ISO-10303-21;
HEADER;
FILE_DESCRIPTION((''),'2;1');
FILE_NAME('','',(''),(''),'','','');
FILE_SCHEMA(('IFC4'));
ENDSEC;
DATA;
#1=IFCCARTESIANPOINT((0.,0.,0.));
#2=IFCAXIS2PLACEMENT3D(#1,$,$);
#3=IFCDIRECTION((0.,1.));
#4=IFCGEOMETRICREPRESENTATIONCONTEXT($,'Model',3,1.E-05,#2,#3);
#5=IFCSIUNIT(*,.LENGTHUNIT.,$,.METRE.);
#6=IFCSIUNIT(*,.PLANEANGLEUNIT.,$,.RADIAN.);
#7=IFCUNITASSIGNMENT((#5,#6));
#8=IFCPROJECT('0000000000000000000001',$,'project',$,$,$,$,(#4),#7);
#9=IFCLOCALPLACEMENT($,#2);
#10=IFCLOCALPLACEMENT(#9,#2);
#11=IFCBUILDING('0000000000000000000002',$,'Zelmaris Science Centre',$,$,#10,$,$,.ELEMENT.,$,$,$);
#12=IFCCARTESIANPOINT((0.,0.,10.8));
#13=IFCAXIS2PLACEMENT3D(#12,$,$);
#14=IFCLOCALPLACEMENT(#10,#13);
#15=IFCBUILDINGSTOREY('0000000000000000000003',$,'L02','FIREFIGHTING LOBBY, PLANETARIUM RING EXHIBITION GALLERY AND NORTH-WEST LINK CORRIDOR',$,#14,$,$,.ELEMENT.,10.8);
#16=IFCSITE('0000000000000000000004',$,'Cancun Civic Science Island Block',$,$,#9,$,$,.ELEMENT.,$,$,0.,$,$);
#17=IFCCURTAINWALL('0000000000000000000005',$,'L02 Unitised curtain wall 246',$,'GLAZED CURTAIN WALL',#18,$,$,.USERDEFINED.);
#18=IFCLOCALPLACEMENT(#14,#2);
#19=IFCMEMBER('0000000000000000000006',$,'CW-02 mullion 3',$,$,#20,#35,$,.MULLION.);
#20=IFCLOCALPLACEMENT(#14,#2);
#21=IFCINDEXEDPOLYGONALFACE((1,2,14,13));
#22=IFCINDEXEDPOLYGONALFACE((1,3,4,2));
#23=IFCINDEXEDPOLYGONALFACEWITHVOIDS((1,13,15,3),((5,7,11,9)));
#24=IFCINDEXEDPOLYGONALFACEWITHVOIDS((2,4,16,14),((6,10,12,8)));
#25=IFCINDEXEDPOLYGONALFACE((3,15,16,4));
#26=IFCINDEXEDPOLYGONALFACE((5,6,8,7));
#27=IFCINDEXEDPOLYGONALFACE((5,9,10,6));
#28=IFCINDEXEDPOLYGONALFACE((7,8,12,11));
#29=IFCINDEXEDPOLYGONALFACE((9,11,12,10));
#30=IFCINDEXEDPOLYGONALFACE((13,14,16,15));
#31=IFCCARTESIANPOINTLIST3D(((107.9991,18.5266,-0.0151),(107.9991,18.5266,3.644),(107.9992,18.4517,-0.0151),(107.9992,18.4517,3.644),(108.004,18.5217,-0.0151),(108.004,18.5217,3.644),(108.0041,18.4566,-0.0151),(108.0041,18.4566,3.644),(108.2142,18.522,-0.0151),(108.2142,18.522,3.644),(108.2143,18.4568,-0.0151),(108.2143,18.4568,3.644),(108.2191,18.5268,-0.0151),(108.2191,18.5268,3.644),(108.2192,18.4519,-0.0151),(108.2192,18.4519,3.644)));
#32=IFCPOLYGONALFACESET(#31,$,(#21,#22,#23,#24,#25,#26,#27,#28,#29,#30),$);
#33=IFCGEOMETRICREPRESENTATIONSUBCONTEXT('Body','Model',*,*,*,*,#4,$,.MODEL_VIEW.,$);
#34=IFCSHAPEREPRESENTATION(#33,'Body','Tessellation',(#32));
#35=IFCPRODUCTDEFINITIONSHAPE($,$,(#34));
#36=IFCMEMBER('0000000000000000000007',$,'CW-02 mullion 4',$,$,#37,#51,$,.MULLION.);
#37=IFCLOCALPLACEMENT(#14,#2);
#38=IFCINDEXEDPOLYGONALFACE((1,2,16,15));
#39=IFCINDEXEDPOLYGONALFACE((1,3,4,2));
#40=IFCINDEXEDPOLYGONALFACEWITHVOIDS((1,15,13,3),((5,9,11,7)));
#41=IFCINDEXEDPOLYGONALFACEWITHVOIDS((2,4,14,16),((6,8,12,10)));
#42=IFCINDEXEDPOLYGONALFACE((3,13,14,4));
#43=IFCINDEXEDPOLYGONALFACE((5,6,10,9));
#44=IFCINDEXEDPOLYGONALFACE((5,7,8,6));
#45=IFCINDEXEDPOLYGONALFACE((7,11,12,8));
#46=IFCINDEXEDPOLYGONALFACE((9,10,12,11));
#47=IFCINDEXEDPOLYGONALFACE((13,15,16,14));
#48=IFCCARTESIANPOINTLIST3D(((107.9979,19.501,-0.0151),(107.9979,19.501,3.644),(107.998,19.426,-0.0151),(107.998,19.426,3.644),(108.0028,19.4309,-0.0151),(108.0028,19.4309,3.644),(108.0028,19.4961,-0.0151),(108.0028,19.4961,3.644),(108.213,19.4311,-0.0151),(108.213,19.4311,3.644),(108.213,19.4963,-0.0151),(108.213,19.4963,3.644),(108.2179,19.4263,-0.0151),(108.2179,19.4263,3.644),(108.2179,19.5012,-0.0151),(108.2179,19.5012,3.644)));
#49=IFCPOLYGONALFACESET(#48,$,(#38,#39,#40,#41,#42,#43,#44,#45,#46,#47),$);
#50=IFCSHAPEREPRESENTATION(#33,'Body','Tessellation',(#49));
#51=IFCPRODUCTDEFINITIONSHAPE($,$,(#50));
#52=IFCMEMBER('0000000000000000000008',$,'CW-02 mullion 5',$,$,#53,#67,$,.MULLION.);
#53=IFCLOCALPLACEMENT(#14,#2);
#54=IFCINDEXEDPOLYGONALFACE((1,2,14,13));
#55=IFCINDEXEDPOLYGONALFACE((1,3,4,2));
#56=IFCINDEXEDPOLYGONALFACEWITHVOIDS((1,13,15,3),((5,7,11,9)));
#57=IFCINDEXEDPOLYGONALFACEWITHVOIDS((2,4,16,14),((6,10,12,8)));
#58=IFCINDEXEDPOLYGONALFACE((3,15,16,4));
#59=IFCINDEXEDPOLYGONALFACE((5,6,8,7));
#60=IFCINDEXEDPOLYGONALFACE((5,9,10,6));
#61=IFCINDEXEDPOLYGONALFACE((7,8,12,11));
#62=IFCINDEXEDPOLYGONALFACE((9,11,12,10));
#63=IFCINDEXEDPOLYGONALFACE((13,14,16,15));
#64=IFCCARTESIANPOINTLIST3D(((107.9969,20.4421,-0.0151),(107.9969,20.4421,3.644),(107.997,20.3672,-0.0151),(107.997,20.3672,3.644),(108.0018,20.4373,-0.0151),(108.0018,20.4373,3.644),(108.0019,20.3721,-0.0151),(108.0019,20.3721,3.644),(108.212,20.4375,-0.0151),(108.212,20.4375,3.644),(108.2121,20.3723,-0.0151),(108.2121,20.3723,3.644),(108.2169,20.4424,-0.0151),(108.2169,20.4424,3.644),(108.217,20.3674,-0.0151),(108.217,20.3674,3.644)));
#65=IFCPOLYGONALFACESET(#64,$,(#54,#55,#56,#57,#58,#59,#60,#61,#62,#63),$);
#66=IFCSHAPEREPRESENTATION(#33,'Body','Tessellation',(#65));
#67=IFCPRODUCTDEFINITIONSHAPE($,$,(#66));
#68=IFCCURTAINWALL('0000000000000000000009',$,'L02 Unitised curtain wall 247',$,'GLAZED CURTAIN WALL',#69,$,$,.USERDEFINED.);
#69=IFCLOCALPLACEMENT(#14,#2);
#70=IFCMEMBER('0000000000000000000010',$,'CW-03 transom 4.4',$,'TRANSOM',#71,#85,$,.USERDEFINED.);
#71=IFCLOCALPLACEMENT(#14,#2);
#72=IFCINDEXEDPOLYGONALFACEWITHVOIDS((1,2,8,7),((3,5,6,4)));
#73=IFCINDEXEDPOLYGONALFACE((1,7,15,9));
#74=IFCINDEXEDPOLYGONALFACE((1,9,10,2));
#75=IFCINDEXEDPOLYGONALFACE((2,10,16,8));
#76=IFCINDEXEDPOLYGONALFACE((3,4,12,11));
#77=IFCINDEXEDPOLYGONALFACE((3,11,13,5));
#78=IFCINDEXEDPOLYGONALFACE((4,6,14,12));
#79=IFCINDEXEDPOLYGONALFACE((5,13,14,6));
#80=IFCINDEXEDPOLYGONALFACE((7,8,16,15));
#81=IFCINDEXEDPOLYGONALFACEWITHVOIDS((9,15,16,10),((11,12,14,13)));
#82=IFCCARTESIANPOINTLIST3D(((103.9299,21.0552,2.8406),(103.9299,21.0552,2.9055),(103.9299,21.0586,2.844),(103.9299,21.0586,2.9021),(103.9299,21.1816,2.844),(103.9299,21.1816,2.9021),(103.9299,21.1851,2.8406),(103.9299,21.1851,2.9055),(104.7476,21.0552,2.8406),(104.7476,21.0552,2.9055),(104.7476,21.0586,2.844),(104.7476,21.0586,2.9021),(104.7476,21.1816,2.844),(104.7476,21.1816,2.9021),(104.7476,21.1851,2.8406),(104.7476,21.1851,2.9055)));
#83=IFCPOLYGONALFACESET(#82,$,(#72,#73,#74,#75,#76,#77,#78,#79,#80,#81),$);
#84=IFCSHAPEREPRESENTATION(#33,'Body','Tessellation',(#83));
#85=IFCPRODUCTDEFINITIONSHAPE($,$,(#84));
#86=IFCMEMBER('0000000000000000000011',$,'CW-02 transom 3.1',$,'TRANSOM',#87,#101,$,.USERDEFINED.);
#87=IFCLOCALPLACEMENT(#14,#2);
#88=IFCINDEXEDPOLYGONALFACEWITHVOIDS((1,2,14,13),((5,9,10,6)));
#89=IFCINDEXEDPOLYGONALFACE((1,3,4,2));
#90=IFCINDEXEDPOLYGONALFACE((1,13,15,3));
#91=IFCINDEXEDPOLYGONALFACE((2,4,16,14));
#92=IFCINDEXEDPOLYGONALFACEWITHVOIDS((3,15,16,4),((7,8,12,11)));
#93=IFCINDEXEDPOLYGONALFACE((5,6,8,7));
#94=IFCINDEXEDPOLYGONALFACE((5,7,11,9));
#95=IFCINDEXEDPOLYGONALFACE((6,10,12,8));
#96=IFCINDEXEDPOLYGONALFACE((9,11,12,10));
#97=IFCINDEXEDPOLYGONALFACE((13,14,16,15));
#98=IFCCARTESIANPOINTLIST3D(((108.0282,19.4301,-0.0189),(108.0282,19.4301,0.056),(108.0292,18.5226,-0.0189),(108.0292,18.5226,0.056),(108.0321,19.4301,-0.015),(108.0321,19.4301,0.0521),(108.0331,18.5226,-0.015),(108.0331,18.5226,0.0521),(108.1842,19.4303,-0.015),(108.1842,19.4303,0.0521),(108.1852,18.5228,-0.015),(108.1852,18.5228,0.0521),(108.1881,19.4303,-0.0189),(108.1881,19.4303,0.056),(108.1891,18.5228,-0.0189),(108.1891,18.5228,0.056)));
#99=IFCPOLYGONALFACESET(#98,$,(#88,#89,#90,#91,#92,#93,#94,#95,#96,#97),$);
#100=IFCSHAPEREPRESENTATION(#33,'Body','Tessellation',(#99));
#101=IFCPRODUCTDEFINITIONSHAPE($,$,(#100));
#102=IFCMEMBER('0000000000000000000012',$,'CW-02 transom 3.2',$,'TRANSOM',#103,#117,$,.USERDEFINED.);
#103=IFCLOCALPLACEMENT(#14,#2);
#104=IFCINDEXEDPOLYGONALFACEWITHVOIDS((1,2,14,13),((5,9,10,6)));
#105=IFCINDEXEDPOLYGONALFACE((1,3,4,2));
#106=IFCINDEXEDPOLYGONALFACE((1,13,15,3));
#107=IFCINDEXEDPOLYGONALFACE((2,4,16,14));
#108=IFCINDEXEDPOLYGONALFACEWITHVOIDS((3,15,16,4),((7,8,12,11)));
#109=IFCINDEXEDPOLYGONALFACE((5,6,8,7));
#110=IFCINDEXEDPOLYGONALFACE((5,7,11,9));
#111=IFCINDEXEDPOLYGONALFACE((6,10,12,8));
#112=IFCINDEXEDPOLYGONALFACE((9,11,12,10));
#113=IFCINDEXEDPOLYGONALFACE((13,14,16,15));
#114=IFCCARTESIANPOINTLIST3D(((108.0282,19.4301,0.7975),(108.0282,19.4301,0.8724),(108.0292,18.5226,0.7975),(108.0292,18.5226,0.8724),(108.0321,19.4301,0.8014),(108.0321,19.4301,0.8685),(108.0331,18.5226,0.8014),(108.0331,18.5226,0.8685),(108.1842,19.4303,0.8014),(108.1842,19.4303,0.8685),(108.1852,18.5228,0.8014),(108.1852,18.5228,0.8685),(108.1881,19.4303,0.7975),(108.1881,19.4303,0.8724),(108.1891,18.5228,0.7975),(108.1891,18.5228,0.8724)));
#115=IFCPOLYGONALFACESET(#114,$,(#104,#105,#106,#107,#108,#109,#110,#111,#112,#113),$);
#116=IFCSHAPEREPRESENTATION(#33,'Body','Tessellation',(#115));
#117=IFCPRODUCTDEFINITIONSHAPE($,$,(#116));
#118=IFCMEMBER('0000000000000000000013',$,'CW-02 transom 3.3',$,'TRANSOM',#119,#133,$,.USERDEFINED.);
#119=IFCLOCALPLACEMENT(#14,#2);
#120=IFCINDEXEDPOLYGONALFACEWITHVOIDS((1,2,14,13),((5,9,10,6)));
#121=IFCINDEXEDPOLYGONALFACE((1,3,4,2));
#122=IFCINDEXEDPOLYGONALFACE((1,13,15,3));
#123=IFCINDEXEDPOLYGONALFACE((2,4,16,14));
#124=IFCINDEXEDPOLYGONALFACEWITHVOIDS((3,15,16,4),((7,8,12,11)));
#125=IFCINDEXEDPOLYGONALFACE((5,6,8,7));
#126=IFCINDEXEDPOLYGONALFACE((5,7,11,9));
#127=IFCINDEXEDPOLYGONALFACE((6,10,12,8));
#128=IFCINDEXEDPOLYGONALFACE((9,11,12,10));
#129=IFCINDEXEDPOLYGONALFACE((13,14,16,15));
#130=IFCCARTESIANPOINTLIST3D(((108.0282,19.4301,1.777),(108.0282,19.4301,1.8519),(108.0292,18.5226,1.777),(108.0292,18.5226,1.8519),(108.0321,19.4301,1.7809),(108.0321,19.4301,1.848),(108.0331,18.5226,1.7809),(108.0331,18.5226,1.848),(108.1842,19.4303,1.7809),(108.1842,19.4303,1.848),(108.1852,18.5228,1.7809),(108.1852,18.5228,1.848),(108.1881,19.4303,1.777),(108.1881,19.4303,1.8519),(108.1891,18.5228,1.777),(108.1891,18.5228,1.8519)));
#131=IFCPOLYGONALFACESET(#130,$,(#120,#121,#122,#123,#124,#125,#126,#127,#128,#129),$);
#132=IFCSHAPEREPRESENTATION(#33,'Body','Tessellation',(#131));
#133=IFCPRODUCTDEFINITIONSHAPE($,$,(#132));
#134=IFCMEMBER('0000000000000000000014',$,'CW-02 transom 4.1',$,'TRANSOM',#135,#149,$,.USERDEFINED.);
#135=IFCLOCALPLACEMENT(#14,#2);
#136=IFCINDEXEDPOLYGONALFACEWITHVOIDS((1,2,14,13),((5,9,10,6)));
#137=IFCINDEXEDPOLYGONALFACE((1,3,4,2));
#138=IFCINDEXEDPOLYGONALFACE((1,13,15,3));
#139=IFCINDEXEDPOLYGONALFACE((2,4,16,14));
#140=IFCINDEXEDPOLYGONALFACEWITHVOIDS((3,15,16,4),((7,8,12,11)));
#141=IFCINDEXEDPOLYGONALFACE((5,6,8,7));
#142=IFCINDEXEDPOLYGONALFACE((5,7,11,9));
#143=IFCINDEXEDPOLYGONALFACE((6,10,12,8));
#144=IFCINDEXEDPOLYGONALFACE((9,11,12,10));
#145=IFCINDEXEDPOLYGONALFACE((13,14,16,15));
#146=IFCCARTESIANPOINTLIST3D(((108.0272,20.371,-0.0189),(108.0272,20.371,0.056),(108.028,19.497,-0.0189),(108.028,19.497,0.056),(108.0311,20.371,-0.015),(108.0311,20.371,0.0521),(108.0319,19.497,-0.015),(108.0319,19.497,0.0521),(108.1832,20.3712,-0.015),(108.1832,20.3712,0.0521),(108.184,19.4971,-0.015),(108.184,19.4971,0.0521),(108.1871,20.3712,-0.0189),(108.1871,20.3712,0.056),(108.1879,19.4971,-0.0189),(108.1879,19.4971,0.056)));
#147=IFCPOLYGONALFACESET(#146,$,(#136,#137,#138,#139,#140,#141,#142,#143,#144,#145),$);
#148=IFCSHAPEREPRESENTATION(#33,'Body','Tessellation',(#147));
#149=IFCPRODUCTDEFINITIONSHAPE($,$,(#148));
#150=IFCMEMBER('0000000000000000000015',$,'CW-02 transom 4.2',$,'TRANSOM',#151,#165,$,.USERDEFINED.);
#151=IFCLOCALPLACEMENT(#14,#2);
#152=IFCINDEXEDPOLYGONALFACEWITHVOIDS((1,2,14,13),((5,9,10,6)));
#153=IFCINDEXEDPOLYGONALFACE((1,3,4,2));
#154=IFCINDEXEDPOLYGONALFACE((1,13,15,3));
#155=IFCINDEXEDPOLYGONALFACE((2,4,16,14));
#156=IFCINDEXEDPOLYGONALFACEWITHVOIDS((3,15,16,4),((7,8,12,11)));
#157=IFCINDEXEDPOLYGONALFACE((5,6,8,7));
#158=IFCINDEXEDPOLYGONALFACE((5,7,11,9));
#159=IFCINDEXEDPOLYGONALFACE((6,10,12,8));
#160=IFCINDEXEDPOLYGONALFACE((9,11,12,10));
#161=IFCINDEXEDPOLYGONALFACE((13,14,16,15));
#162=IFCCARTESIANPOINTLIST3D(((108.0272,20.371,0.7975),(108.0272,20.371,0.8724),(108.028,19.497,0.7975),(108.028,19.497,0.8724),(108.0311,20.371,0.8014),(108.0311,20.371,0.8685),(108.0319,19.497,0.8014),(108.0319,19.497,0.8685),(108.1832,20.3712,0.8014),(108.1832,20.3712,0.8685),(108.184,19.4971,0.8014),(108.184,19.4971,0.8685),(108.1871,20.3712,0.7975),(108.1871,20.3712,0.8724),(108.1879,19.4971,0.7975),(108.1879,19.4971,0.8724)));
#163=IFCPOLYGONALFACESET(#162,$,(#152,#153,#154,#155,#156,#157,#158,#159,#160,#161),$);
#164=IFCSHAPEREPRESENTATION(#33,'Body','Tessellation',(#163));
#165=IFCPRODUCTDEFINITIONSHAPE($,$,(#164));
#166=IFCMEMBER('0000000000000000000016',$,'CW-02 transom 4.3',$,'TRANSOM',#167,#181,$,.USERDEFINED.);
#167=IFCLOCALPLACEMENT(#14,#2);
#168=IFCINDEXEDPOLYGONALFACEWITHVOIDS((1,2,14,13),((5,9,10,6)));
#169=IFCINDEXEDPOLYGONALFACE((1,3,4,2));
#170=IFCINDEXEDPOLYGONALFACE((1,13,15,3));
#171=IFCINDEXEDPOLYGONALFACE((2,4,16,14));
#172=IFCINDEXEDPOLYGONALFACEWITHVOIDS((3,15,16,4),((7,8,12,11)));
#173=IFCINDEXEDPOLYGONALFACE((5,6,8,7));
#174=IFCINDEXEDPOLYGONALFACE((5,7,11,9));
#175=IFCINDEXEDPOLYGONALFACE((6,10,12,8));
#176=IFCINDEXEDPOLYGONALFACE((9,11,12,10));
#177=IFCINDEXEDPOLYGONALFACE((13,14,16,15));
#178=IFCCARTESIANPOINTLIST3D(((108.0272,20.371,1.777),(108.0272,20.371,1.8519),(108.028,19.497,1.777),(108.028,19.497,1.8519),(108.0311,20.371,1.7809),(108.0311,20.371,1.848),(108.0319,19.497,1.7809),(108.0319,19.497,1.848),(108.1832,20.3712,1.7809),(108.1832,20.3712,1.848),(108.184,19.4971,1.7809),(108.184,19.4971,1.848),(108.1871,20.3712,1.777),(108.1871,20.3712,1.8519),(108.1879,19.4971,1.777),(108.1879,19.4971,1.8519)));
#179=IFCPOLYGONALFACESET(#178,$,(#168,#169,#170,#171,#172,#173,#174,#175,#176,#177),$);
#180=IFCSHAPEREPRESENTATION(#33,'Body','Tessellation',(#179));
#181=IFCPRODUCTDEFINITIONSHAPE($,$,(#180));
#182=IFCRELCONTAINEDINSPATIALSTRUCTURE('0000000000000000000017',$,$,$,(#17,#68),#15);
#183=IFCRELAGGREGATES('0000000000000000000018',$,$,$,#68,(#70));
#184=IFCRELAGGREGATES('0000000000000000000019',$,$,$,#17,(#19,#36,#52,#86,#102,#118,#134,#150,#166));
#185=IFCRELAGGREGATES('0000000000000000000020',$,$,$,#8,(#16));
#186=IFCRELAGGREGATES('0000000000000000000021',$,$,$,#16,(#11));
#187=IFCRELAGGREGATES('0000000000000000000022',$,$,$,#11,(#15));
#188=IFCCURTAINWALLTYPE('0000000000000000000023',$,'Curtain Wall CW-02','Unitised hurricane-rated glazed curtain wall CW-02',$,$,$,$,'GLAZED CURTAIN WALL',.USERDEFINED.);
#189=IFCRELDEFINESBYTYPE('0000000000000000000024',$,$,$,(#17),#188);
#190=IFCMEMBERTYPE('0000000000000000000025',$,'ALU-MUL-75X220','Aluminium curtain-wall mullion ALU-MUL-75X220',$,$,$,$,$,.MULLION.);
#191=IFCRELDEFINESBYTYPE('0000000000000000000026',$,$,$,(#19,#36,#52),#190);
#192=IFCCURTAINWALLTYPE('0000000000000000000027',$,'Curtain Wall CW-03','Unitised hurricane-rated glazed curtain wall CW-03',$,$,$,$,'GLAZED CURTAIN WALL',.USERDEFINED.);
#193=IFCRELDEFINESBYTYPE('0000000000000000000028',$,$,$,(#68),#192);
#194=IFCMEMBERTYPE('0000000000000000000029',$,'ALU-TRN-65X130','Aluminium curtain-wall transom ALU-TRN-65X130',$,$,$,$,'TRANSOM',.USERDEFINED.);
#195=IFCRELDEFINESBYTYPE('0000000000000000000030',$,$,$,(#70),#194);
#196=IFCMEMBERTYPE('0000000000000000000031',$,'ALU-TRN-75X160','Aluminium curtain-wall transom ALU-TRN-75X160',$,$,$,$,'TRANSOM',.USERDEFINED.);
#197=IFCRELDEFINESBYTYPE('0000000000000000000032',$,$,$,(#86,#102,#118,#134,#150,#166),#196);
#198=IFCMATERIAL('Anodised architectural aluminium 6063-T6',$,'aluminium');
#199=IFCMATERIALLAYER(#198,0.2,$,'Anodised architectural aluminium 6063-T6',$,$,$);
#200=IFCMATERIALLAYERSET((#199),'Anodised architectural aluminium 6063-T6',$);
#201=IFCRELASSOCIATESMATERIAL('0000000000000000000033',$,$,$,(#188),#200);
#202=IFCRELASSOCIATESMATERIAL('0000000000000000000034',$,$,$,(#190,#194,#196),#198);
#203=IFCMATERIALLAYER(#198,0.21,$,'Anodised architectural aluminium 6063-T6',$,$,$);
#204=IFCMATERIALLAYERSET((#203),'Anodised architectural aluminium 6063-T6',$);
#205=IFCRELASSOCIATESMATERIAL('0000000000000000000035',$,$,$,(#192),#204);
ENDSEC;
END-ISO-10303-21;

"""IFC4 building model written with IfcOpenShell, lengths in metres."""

from ifc_helpers import new_model, si_unit, direction, frame, origin, origin_2d, place, context, subcontext, project, spatial, hollow_rectangle, extrude, material, layer, layer_set, material_profile, profile_set, type_object, element, aggregate, save


model = new_model("IFC4")

# Units and contexts
model_context = context("Model", 3, precision=1e-05, world=origin(), true_north=direction((0.0, 1.0)))
body_context = subcontext(model_context, "Body", "Model", "MODEL_VIEW")
ifc_project = project(units=[si_unit("LENGTHUNIT", "METRE"), si_unit("PLANEANGLEUNIT", "RADIAN")], contexts=[model_context])

# Site, building, storey
site_placement = place(None, origin())
site = spatial("IfcSite", under=ifc_project, at=site_placement, Name="Cancun Civic Science Island Block", CompositionType="ELEMENT", RefElevation=0.0)
building_placement = place(site_placement, origin())
building = spatial("IfcBuilding", under=site, at=building_placement, Name="Zelmaris Science Centre", CompositionType="ELEMENT")
storey_placement = place(building_placement, frame((0.0, 0.0, 10.8)))
storey = spatial("IfcBuildingStorey", under=building, at=storey_placement, Name="L02", Description="FIREFIGHTING LOBBY, PLANETARIUM RING EXHIBITION GALLERY AND NORTH-WEST LINK CORRIDOR", CompositionType="ELEMENT", Elevation=10.8)

# Curtain wall, members
ifc_material_1 = material(Name="Anodised architectural aluminium 6063-T6", Category="aluminium")
ifc_layer_1 = layer(ifc_material_1, 0.2, Name="Anodised architectural aluminium 6063-T6")
ifc_layer_set_1 = layer_set([ifc_layer_1], Name="Anodised architectural aluminium 6063-T6")
curtain_wall_type_1 = type_object("IfcCurtainWallType", Name="Curtain Wall CW-02", Description="Unitised hurricane-rated glazed curtain wall CW-02", ElementType="GLAZED CURTAIN WALL", PredefinedType="USERDEFINED", material=ifc_layer_set_1)
curtain_wall_1_placement = place(storey_placement, origin())
curtain_wall_1 = element("IfcCurtainWall", 1, at=curtain_wall_1_placement, inside=storey, type_object=curtain_wall_type_1, Name="L02 Unitised curtain wall 246", ObjectType="GLAZED CURTAIN WALL", PredefinedType="USERDEFINED")
ifc_material_profile_1 = material_profile(ifc_material_1, hollow_rectangle(XDim=0.075, YDim=0.22, WallThickness=0.0049, at=origin_2d()), Name="ALU-MUL-75X220")
ifc_profile_set_1 = profile_set([ifc_material_profile_1], Name="Anodised architectural aluminium 6063-T6")
member_type_1 = type_object("IfcMemberType", Name="ALU-MUL-75X220", Description="Aluminium curtain-wall mullion ALU-MUL-75X220", PredefinedType="MULLION", material=ifc_profile_set_1)
member_1_placement = place(storey_placement, frame((108.1091, 18.4893, -0.0151), z_axis=(0.0, 0.0, 1.0), x_axis=(-0.001054, 0.999999, 0.0)))
member_1 = element("IfcMember", 2, at=member_1_placement, type_object=member_type_1, Name="CW-02 mullion 3", PredefinedType="MULLION", context=body_context, shape_type="SweptSolid", body=[
    extrude(hollow_rectangle(XDim=0.075, YDim=0.22, WallThickness=0.0049, at=origin_2d()), origin(), (0.0, 0.0, 1.0), 3.6592),
])
member_2_placement = place(storey_placement, frame((108.1079, 19.4636, -0.0151), z_axis=(0.0, 0.0, 1.0), x_axis=(-0.001054, 0.999999, 0.0)))
member_2 = element("IfcMember", 3, at=member_2_placement, type_object=member_type_1, Name="CW-02 mullion 4", PredefinedType="MULLION", context=body_context, shape_type="SweptSolid", body=[
    extrude(hollow_rectangle(XDim=0.075, YDim=0.22, WallThickness=0.0049, at=origin_2d()), origin(), (0.0, 0.0, 1.0), 3.6592),
])
member_3_placement = place(storey_placement, frame((108.1069, 20.4048, -0.0151), z_axis=(0.0, 0.0, 1.0), x_axis=(-0.001054, 0.999999, 0.0)))
member_3 = element("IfcMember", 4, at=member_3_placement, type_object=member_type_1, Name="CW-02 mullion 5", PredefinedType="MULLION", context=body_context, shape_type="SweptSolid", body=[
    extrude(hollow_rectangle(XDim=0.075, YDim=0.22, WallThickness=0.0049, at=origin_2d()), origin(), (0.0, 0.0, 1.0), 3.6592),
])

# Curtain wall, member
ifc_layer_2 = layer(ifc_material_1, 0.21, Name="Anodised architectural aluminium 6063-T6")
ifc_layer_set_2 = layer_set([ifc_layer_2], Name="Anodised architectural aluminium 6063-T6")
curtain_wall_type_2 = type_object("IfcCurtainWallType", Name="Curtain Wall CW-03", Description="Unitised hurricane-rated glazed curtain wall CW-03", ElementType="GLAZED CURTAIN WALL", PredefinedType="USERDEFINED", material=ifc_layer_set_2)
curtain_wall_2_placement = place(storey_placement, origin())
curtain_wall_2 = element("IfcCurtainWall", 5, at=curtain_wall_2_placement, inside=storey, type_object=curtain_wall_type_2, Name="L02 Unitised curtain wall 247", ObjectType="GLAZED CURTAIN WALL", PredefinedType="USERDEFINED")
ifc_material_profile_2 = material_profile(ifc_material_1, hollow_rectangle(XDim=0.0649, YDim=0.1299, WallThickness=0.0034, at=origin_2d()), Name="ALU-TRN-65X130")
ifc_profile_set_2 = profile_set([ifc_material_profile_2], Name="Anodised architectural aluminium 6063-T6")
member_type_2 = type_object("IfcMemberType", Name="ALU-TRN-65X130", Description="Aluminium curtain-wall transom ALU-TRN-65X130", ElementType="TRANSOM", PredefinedType="USERDEFINED", material=ifc_profile_set_2)
member_4_placement = place(storey_placement, frame((104.7476, 21.1201, 2.873), z_axis=(-1.0, 0.0, 0.0), x_axis=(0.0, 0.0, 1.0)))
member_4 = element("IfcMember", 6, at=member_4_placement, type_object=member_type_2, Name="CW-03 transom 4.4", ObjectType="TRANSOM", PredefinedType="USERDEFINED", context=body_context, shape_type="SweptSolid", body=[
    extrude(hollow_rectangle(XDim=0.0649, YDim=0.1299, WallThickness=0.0034, at=origin_2d()), origin(), (0.0, 0.0, 1.0), 0.8176),
])
aggregate(curtain_wall_2, [member_4])

# Members
ifc_material_profile_3 = material_profile(ifc_material_1, hollow_rectangle(XDim=0.075, YDim=0.1599, WallThickness=0.0039, at=origin_2d()), Name="ALU-TRN-75X160")
ifc_profile_set_3 = profile_set([ifc_material_profile_3], Name="Anodised architectural aluminium 6063-T6")
member_type_3 = type_object("IfcMemberType", Name="ALU-TRN-75X160", Description="Aluminium curtain-wall transom ALU-TRN-75X160", ElementType="TRANSOM", PredefinedType="USERDEFINED", material=ifc_profile_set_3)
member_5_placement = place(storey_placement, frame((108.1091, 18.5227, 0.0186), z_axis=(-0.001076, 0.999999, 0.0), x_axis=(0.0, 0.0, 1.0)))
member_5 = element("IfcMember", 7, at=member_5_placement, type_object=member_type_3, Name="CW-02 transom 3.1", ObjectType="TRANSOM", PredefinedType="USERDEFINED", context=body_context, shape_type="SweptSolid", body=[
    extrude(hollow_rectangle(XDim=0.075, YDim=0.1599, WallThickness=0.0039, at=origin_2d()), origin(), (0.0, 0.0, 1.0), 0.9075),
])
member_6_placement = place(storey_placement, frame((108.1091, 18.5227, 0.835), z_axis=(-0.001076, 0.999999, 0.0), x_axis=(0.0, 0.0, 1.0)))
member_6 = element("IfcMember", 8, at=member_6_placement, type_object=member_type_3, Name="CW-02 transom 3.2", ObjectType="TRANSOM", PredefinedType="USERDEFINED", context=body_context, shape_type="SweptSolid", body=[
    extrude(hollow_rectangle(XDim=0.075, YDim=0.1599, WallThickness=0.0039, at=origin_2d()), origin(), (0.0, 0.0, 1.0), 0.9075),
])
member_7_placement = place(storey_placement, frame((108.1091, 18.5227, 1.8145), z_axis=(-0.001076, 0.999999, 0.0), x_axis=(0.0, 0.0, 1.0)))
member_7 = element("IfcMember", 9, at=member_7_placement, type_object=member_type_3, Name="CW-02 transom 3.3", ObjectType="TRANSOM", PredefinedType="USERDEFINED", context=body_context, shape_type="SweptSolid", body=[
    extrude(hollow_rectangle(XDim=0.075, YDim=0.1599, WallThickness=0.0039, at=origin_2d()), origin(), (0.0, 0.0, 1.0), 0.9075),
])
member_8_placement = place(storey_placement, frame((108.1079, 19.4971, 0.0186), z_axis=(-0.000838, 1.0, 0.0), x_axis=(0.0, 0.0, 1.0)))
member_8 = element("IfcMember", 10, at=member_8_placement, type_object=member_type_3, Name="CW-02 transom 4.1", ObjectType="TRANSOM", PredefinedType="USERDEFINED", context=body_context, shape_type="SweptSolid", body=[
    extrude(hollow_rectangle(XDim=0.075, YDim=0.1599, WallThickness=0.0039, at=origin_2d()), origin(), (0.0, 0.0, 1.0), 0.874),
])
member_9_placement = place(storey_placement, frame((108.1079, 19.4971, 0.835), z_axis=(-0.000838, 1.0, 0.0), x_axis=(0.0, 0.0, 1.0)))
member_9 = element("IfcMember", 11, at=member_9_placement, type_object=member_type_3, Name="CW-02 transom 4.2", ObjectType="TRANSOM", PredefinedType="USERDEFINED", context=body_context, shape_type="SweptSolid", body=[
    extrude(hollow_rectangle(XDim=0.075, YDim=0.1599, WallThickness=0.0039, at=origin_2d()), origin(), (0.0, 0.0, 1.0), 0.874),
])
member_10_placement = place(storey_placement, frame((108.1079, 19.4971, 1.8145), z_axis=(-0.000838, 1.0, 0.0), x_axis=(0.0, 0.0, 1.0)))
member_10 = element("IfcMember", 12, at=member_10_placement, type_object=member_type_3, Name="CW-02 transom 4.3", ObjectType="TRANSOM", PredefinedType="USERDEFINED", context=body_context, shape_type="SweptSolid", body=[
    extrude(hollow_rectangle(XDim=0.075, YDim=0.1599, WallThickness=0.0039, at=origin_2d()), origin(), (0.0, 0.0, 1.0), 0.874),
])

aggregate(curtain_wall_1, [member_1, member_2, member_3, member_5, member_6, member_7, member_8, member_9, member_10])

save(model, "model.ifc")
